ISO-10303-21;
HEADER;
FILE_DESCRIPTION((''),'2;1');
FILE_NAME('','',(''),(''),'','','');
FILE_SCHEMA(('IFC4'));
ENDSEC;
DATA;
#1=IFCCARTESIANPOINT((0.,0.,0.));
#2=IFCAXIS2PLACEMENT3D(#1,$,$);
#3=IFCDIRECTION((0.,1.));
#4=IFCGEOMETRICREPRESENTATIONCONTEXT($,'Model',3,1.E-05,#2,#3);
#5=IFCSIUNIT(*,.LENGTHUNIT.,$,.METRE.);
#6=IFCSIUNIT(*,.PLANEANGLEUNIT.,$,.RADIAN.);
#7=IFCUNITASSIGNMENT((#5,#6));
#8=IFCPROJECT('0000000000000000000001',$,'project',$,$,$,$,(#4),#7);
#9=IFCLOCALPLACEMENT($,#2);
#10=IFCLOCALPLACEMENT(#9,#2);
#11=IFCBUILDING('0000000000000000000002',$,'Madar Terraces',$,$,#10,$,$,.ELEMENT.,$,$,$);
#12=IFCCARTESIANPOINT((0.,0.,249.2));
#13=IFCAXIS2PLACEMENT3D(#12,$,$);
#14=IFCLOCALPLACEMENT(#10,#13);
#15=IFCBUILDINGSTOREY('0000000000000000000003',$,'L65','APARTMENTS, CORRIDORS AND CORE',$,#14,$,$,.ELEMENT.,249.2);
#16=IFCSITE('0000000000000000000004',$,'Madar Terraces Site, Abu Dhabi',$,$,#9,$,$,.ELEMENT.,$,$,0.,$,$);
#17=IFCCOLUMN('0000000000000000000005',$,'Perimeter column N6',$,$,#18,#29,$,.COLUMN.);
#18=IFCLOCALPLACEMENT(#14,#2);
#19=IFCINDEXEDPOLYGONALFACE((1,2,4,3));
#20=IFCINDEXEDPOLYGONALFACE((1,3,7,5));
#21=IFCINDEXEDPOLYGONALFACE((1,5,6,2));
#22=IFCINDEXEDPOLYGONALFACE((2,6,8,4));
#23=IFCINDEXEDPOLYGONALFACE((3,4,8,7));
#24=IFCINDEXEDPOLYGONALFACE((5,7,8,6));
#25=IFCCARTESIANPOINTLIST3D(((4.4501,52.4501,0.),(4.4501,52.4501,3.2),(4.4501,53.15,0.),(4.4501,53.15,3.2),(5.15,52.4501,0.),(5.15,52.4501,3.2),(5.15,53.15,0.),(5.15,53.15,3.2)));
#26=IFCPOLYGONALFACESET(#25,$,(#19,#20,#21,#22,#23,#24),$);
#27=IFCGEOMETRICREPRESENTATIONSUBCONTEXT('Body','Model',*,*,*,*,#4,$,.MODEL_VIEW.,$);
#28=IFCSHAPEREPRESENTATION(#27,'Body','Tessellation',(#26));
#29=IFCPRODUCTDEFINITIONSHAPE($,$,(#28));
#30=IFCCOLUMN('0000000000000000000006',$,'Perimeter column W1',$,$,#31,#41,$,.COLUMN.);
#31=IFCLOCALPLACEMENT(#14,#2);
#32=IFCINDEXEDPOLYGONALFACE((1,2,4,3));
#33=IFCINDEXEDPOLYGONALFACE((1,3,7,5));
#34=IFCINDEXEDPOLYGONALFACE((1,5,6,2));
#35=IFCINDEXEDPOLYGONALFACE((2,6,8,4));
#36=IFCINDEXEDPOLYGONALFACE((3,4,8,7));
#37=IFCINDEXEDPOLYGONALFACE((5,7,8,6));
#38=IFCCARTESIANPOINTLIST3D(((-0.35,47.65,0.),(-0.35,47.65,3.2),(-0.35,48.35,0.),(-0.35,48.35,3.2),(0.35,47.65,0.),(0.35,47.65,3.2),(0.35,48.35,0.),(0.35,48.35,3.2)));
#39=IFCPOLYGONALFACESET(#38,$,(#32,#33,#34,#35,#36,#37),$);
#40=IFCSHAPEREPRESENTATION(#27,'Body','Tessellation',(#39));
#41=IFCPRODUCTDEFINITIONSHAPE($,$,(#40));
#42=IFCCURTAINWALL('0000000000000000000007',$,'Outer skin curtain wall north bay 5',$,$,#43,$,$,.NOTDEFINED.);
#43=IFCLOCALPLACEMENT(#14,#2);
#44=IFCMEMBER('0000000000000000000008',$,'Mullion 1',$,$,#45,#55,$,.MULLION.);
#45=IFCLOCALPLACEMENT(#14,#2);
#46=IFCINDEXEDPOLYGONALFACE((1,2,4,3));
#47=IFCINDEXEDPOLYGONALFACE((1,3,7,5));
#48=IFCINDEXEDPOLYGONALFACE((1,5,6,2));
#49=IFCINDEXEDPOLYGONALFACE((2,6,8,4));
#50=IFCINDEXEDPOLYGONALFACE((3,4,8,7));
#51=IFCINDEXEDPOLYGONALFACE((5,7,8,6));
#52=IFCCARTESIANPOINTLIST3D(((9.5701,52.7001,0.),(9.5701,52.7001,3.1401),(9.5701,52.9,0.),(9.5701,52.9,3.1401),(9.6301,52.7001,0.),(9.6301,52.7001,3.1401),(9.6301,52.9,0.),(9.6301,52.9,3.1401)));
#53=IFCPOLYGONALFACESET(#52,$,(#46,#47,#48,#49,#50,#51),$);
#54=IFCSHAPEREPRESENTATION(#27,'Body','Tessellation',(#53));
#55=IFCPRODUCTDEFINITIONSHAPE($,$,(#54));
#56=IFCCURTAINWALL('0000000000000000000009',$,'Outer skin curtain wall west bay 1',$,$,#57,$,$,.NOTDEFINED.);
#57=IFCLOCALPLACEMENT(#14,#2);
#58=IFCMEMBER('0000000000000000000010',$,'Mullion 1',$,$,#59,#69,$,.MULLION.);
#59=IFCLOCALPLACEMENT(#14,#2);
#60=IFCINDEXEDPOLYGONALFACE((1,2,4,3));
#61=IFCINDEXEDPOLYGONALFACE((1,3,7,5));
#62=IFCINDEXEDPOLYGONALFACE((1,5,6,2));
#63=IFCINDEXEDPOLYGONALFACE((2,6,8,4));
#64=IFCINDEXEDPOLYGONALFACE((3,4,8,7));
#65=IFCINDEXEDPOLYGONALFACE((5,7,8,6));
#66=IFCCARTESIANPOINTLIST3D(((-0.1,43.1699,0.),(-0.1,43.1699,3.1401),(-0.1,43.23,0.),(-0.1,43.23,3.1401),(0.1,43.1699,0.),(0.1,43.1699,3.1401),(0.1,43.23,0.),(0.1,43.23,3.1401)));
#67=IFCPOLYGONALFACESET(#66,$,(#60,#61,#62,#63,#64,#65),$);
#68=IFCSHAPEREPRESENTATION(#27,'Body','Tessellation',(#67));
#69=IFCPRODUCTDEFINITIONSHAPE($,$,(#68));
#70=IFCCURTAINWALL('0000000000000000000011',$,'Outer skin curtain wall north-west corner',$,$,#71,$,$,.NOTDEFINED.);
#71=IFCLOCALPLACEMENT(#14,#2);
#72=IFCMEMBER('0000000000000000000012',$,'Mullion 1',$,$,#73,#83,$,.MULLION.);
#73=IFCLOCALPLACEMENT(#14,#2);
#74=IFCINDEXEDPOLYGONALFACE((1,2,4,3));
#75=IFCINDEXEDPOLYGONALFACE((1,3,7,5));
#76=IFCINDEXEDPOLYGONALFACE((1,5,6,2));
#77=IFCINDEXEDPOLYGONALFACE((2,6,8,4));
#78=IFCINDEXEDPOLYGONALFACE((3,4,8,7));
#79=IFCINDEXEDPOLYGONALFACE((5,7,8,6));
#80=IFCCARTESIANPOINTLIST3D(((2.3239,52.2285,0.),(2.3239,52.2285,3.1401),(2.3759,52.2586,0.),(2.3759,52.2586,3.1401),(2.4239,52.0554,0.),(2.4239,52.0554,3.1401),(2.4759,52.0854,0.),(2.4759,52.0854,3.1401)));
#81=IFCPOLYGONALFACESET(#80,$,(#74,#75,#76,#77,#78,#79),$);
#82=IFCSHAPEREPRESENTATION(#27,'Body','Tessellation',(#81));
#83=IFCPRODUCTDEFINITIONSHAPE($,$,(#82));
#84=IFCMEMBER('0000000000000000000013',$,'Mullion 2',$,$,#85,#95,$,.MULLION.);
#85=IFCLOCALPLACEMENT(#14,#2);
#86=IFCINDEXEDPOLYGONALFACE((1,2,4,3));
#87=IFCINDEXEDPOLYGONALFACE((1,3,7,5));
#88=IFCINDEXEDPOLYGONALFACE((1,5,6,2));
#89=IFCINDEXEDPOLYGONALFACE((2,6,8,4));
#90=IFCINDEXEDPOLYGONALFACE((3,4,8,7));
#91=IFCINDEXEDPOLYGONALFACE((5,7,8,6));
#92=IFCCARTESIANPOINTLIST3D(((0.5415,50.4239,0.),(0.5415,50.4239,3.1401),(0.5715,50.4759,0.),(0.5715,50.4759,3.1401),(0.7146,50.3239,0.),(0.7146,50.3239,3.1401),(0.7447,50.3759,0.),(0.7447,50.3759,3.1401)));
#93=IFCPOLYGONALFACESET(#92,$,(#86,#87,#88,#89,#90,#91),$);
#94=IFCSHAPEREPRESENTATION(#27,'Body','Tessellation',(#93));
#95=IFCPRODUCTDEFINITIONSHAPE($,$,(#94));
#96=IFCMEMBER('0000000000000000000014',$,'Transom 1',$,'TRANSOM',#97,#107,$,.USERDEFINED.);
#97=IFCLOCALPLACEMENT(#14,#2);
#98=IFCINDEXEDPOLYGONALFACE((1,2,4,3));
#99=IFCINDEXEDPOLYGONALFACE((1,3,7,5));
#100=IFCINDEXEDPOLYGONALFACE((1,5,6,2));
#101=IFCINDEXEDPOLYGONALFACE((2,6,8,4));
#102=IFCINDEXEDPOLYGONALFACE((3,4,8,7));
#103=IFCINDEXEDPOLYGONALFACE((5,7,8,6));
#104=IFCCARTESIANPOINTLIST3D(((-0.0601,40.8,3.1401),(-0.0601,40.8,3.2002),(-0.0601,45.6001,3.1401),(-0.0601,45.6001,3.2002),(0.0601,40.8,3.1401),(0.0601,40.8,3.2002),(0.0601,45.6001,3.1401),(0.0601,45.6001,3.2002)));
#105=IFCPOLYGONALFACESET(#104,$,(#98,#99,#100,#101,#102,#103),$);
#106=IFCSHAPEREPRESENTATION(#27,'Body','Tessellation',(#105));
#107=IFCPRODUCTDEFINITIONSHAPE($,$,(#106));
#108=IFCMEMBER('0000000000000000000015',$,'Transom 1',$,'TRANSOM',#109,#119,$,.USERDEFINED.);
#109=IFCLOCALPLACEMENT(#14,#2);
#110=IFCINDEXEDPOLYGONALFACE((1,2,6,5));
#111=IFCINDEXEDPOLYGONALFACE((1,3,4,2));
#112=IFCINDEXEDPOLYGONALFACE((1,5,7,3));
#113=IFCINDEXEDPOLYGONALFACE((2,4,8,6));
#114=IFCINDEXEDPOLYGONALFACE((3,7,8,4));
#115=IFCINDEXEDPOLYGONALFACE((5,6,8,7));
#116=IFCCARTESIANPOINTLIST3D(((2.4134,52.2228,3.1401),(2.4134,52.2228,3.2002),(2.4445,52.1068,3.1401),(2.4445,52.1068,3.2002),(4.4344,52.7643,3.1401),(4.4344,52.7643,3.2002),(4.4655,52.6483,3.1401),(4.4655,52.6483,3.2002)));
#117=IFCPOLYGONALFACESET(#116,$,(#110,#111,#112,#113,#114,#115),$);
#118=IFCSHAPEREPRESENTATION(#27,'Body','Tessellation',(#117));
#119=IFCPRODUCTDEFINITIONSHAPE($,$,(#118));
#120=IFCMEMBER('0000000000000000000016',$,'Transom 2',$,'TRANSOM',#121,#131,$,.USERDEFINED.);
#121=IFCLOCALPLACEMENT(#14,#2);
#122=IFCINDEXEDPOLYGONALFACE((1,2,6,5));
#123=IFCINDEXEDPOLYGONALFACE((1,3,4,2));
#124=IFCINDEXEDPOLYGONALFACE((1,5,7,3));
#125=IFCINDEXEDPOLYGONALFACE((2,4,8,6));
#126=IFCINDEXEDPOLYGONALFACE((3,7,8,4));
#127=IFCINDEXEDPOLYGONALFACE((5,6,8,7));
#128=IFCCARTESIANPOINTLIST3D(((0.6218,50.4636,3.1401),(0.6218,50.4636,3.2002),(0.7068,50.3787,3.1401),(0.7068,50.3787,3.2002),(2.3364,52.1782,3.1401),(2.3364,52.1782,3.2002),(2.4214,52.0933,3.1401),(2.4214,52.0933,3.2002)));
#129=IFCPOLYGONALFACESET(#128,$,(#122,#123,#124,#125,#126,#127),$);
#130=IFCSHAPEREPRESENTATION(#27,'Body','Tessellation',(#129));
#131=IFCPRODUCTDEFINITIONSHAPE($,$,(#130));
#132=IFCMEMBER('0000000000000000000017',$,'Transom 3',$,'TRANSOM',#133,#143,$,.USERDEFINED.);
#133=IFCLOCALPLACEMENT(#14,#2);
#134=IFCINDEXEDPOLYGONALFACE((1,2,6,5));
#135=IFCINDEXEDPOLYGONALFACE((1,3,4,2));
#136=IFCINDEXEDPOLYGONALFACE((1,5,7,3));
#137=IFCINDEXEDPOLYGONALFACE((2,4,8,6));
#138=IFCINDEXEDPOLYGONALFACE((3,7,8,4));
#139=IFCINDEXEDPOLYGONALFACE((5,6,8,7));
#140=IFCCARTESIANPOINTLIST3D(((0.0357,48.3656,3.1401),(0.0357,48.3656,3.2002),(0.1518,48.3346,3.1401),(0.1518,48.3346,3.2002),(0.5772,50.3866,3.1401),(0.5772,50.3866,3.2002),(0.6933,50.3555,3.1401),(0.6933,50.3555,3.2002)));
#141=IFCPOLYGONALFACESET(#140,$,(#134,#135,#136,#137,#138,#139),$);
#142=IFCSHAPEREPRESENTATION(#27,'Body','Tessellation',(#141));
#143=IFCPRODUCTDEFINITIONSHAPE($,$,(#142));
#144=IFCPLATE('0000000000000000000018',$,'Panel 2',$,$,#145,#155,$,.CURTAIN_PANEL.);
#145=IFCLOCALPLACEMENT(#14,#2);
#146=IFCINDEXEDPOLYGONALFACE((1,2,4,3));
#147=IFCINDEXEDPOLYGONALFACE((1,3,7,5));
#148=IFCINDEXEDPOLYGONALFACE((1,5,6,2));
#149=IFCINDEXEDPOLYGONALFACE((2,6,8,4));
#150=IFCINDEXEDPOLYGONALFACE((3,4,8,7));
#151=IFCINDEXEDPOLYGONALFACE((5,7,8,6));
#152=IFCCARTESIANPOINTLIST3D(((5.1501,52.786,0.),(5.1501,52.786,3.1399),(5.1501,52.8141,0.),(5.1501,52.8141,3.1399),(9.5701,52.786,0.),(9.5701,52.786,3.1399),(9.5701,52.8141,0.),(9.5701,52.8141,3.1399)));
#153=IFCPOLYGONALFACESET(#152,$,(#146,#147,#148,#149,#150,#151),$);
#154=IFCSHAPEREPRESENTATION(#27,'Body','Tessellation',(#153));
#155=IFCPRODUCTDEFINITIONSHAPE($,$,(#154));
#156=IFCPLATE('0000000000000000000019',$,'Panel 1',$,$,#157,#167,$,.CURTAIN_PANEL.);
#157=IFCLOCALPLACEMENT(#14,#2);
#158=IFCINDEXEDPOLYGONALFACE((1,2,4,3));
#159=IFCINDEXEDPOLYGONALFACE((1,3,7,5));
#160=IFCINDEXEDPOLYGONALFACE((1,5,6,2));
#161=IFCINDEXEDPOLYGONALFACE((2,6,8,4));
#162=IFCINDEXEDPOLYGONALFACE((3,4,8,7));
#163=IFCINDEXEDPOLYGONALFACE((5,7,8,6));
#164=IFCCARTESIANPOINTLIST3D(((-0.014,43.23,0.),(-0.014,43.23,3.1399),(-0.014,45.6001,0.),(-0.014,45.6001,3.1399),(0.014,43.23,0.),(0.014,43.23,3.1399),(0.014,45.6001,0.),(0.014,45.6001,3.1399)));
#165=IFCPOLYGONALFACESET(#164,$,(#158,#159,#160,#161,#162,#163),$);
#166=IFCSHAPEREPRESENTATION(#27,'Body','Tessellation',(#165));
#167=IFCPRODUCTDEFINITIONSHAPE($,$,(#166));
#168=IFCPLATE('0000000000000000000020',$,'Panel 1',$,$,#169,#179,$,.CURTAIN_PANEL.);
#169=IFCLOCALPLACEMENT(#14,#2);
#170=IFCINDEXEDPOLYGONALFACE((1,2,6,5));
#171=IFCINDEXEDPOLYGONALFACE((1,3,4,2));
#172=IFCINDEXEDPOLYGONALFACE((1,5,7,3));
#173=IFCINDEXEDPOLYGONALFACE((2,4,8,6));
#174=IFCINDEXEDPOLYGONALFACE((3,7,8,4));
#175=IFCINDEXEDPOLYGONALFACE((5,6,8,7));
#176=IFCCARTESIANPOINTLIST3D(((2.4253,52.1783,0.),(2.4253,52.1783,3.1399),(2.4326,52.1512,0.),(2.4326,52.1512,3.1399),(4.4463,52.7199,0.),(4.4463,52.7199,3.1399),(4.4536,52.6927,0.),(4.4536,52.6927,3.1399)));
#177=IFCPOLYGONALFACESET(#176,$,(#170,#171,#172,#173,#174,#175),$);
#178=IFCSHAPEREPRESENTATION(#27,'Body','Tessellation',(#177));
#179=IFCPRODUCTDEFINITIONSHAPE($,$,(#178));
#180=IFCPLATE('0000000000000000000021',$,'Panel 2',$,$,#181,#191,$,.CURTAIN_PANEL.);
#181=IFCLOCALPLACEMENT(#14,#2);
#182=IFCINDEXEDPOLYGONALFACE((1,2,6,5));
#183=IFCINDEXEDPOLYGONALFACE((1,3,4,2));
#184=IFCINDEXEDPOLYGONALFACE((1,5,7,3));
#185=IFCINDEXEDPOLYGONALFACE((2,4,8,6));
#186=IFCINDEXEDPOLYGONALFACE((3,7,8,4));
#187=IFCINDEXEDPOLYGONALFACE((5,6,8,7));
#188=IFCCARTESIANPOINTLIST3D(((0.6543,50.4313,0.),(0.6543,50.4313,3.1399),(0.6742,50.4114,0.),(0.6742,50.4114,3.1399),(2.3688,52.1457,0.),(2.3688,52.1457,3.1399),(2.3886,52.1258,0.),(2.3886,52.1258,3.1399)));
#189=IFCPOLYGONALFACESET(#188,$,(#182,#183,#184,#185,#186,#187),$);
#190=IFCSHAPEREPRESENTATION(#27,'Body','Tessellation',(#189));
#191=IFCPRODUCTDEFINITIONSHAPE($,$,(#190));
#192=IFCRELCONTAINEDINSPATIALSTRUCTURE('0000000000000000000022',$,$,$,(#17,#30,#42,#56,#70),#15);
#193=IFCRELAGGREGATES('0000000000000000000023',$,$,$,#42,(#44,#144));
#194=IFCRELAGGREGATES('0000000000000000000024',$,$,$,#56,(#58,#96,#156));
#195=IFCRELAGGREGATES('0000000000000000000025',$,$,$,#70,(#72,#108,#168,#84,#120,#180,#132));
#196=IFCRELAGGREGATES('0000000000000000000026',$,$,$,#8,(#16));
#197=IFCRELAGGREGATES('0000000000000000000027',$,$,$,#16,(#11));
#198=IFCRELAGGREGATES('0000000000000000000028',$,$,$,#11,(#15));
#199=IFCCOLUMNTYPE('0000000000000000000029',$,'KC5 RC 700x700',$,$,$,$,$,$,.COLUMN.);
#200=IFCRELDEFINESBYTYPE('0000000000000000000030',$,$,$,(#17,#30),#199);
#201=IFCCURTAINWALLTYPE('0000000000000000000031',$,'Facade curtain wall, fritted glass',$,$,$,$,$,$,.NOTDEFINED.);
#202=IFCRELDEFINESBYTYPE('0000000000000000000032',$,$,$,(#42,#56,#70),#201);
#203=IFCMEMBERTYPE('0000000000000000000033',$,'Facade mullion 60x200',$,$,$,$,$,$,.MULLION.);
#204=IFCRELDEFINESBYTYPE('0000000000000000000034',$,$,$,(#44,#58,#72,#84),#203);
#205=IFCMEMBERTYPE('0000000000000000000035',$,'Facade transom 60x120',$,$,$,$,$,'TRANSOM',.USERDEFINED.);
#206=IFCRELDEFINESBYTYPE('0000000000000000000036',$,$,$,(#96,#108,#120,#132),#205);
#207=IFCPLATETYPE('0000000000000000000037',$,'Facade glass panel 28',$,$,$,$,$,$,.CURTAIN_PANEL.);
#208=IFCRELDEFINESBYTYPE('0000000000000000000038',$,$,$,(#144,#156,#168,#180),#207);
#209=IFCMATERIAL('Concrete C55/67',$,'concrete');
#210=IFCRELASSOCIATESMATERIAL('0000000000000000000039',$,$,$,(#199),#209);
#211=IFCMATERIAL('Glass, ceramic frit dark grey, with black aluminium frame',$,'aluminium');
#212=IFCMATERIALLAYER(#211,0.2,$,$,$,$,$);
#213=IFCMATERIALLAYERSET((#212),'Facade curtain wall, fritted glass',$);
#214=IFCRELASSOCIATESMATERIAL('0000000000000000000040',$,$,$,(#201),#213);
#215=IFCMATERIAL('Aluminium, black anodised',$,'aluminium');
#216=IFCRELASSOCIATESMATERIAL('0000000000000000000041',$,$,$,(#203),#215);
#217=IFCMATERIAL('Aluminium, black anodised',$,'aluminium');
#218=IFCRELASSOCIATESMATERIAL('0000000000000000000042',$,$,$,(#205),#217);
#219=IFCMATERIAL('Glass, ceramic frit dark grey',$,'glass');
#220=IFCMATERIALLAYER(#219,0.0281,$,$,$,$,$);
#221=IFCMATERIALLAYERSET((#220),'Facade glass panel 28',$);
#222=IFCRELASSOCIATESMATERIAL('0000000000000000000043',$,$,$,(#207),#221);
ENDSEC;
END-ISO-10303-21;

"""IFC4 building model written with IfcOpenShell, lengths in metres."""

from ifc_helpers import new_model, si_unit, direction, frame, origin, origin_2d, place, context, subcontext, project, spatial, rectangle, extrude, material, layer, layer_set, material_profile, profile_set, type_object, element, aggregate, save


model = new_model("IFC4")

# Units and contexts
model_context = context("Model", 3, precision=1e-05, world=origin(), true_north=direction((0.0, 1.0)))
body_context = subcontext(model_context, "Body", "Model", "MODEL_VIEW")
ifc_project = project(units=[si_unit("LENGTHUNIT", "METRE"), si_unit("PLANEANGLEUNIT", "RADIAN")], contexts=[model_context])

# Site, building, storey
site_placement = place(None, origin())
site = spatial("IfcSite", under=ifc_project, at=site_placement, Name="Madar Terraces Site, Abu Dhabi", CompositionType="ELEMENT", RefElevation=0.0)
building_placement = place(site_placement, origin())
building = spatial("IfcBuilding", under=site, at=building_placement, Name="Madar Terraces", CompositionType="ELEMENT")
storey_placement = place(building_placement, frame((0.0, 0.0, 249.2)))
storey = spatial("IfcBuildingStorey", under=building, at=storey_placement, Name="L65", Description="APARTMENTS, CORRIDORS AND CORE", CompositionType="ELEMENT", Elevation=249.2)

# Columns
ifc_material_1 = material(Name="Concrete C55/67", Category="concrete")
ifc_material_profile_1 = material_profile(ifc_material_1, rectangle(XDim=0.7, YDim=0.7, at=origin_2d()), Name="KC5 RC 700x700")
ifc_profile_set_1 = profile_set([ifc_material_profile_1], Name="Concrete C55/67")
column_type = type_object("IfcColumnType", Name="KC5 RC 700x700", PredefinedType="COLUMN", material=ifc_profile_set_1)
for number, where, z_axis, x_axis, name in (
    (1, (4.8, 52.8, 0.0), (0.0, 0.0, 1.0), (1.0, 0.0, 0.0), "Perimeter column N6"),
    (2, (0.0, 48.0, 0.0), (0.0, 0.0, 1.0), (1.0, 0.0, 0.0), "Perimeter column W1"),
):
    element("IfcColumn", number, at=place(storey_placement, frame(where, z_axis=z_axis, x_axis=x_axis)), inside=storey, type_object=column_type, Name=name, PredefinedType="COLUMN", context=body_context, shape_type="SweptSolid", body=[
        extrude(rectangle(XDim=0.7, YDim=0.7, at=origin_2d()), origin(), (0.0, 0.0, 1.0), 3.2),
    ])

# Curtain walls, members
ifc_material_2 = material(Name="Glass, ceramic frit dark grey, with black aluminium frame", Category="aluminium")
ifc_layer_1 = layer(ifc_material_2, 0.2)
ifc_layer_set_1 = layer_set([ifc_layer_1], Name="Facade curtain wall, fritted glass")
curtain_wall_type = type_object("IfcCurtainWallType", Name="Facade curtain wall, fritted glass", PredefinedType="NOTDEFINED", material=ifc_layer_set_1)
curtain_wall_1_placement = place(storey_placement, origin())
curtain_wall_1 = element("IfcCurtainWall", 3, at=curtain_wall_1_placement, inside=storey, type_object=curtain_wall_type, Name="Outer skin curtain wall north bay 5", PredefinedType="NOTDEFINED")
ifc_material_3 = material(Name="Aluminium, black anodised", Category="aluminium")
ifc_material_profile_2 = material_profile(ifc_material_3, rectangle(XDim=0.2, YDim=0.0601, at=origin_2d()), Name="Facade mullion 60x200")
ifc_profile_set_2 = profile_set([ifc_material_profile_2], Name="Aluminium, black anodised")
member_type_1 = type_object("IfcMemberType", Name="Facade mullion 60x200", PredefinedType="MULLION", material=ifc_profile_set_2)
member_1_placement = place(storey_placement, frame((9.6001, 52.8, 0.0), z_axis=(0.0, 0.0, 1.0), x_axis=(0.0, -1.0, 0.0)))
member_1 = element("IfcMember", 4, at=member_1_placement, type_object=member_type_1, Name="Mullion 1", PredefinedType="MULLION", context=body_context, shape_type="SweptSolid", body=[
    extrude(rectangle(XDim=0.2, YDim=0.0601, at=origin_2d()), origin(), (0.0, 0.0, 1.0), 3.1401),
])
curtain_wall_2_placement = place(storey_placement, origin())
curtain_wall_2 = element("IfcCurtainWall", 5, at=curtain_wall_2_placement, inside=storey, type_object=curtain_wall_type, Name="Outer skin curtain wall west bay 1", PredefinedType="NOTDEFINED")
member_2_placement = place(storey_placement, frame((0.0, 43.2, 0.0), z_axis=(0.0, 0.0, 1.0), x_axis=(1.0, 0.0, 0.0)))
member_2 = element("IfcMember", 6, at=member_2_placement, type_object=member_type_1, Name="Mullion 1", PredefinedType="MULLION", context=body_context, shape_type="SweptSolid", body=[
    extrude(rectangle(XDim=0.2, YDim=0.0601, at=origin_2d()), origin(), (0.0, 0.0, 1.0), 3.1401),
])

# Curtain wall, members
curtain_wall_3_placement = place(storey_placement, origin())
curtain_wall_3 = element("IfcCurtainWall", 7, at=curtain_wall_3_placement, inside=storey, type_object=curtain_wall_type, Name="Outer skin curtain wall north-west corner", PredefinedType="NOTDEFINED")
member_3_placement = place(storey_placement, frame((2.3999, 52.157, 0.0), z_axis=(0.0, 0.0, 1.0), x_axis=(0.5, -0.866025, 0.0)))
member_3 = element("IfcMember", 8, at=member_3_placement, type_object=member_type_1, Name="Mullion 1", PredefinedType="MULLION", context=body_context, shape_type="SweptSolid", body=[
    extrude(rectangle(XDim=0.2, YDim=0.0601, at=origin_2d()), origin(), (0.0, 0.0, 1.0), 3.1401),
])
member_4_placement = place(storey_placement, frame((0.6431, 50.3999, 0.0), z_axis=(0.0, 0.0, 1.0), x_axis=(0.866025, -0.5, 0.0)))
member_4 = element("IfcMember", 9, at=member_4_placement, type_object=member_type_1, Name="Mullion 2", PredefinedType="MULLION", context=body_context, shape_type="SweptSolid", body=[
    extrude(rectangle(XDim=0.2, YDim=0.0601, at=origin_2d()), origin(), (0.0, 0.0, 1.0), 3.1401),
])

# Members
ifc_material_4 = material(Name="Aluminium, black anodised", Category="aluminium")
ifc_material_profile_3 = material_profile(ifc_material_4, rectangle(XDim=0.1201, YDim=0.0601, at=origin_2d()), Name="Facade transom 60x120")
ifc_profile_set_3 = profile_set([ifc_material_profile_3], Name="Aluminium, black anodised")
member_type_2 = type_object("IfcMemberType", Name="Facade transom 60x120", ElementType="TRANSOM", PredefinedType="USERDEFINED", material=ifc_profile_set_3)
member_5_placement = place(storey_placement, frame((0.0, 45.6001, 3.1702), z_axis=(0.0, -1.0, 0.0), x_axis=(1.0, 0.0, 0.0)))
member_5 = element("IfcMember", 10, at=member_5_placement, type_object=member_type_2, Name="Transom 1", ObjectType="TRANSOM", PredefinedType="USERDEFINED", context=body_context, shape_type="SweptSolid", body=[
    extrude(rectangle(XDim=0.1201, YDim=0.0601, at=origin_2d()), origin(), (0.0, 0.0, 1.0), 4.8),
])
member_6_placement = place(storey_placement, frame((4.45, 52.7063, 3.1702), z_axis=(-0.965928, -0.25881, 0.0), x_axis=(0.25881, -0.965928, 0.0)))
member_6 = element("IfcMember", 11, at=member_6_placement, type_object=member_type_2, Name="Transom 1", ObjectType="TRANSOM", PredefinedType="USERDEFINED", context=body_context, shape_type="SweptSolid", body=[
    extrude(rectangle(XDim=0.1201, YDim=0.0601, at=origin_2d()), origin(), (0.0, 0.0, 1.0), 2.0923),
])
member_7_placement = place(storey_placement, frame((2.3789, 52.1357, 3.1702), z_axis=(-0.707107, -0.707107, 0.0), x_axis=(0.707107, -0.707107, 0.0)))
member_7 = element("IfcMember", 12, at=member_7_placement, type_object=member_type_2, Name="Transom 2", ObjectType="TRANSOM", PredefinedType="USERDEFINED", context=body_context, shape_type="SweptSolid", body=[
    extrude(rectangle(XDim=0.1201, YDim=0.0601, at=origin_2d()), origin(), (0.0, 0.0, 1.0), 2.4248),
])
member_8_placement = place(storey_placement, frame((0.6353, 50.3711, 3.1702), z_axis=(-0.25881, -0.965928, 0.0), x_axis=(0.965928, -0.25881, 0.0)))
member_8 = element("IfcMember", 13, at=member_8_placement, type_object=member_type_2, Name="Transom 3", ObjectType="TRANSOM", PredefinedType="USERDEFINED", context=body_context, shape_type="SweptSolid", body=[
    extrude(rectangle(XDim=0.1201, YDim=0.0601, at=origin_2d()), origin(), (0.0, 0.0, 1.0), 2.0923),
])

# Plates
ifc_material_5 = material(Name="Glass, ceramic frit dark grey", Category="glass")
ifc_layer_2 = layer(ifc_material_5, 0.0281)
ifc_layer_set_2 = layer_set([ifc_layer_2], Name="Facade glass panel 28")
plate_type = type_object("IfcPlateType", Name="Facade glass panel 28", PredefinedType="CURTAIN_PANEL", material=ifc_layer_set_2)
plate_1_placement = place(storey_placement, frame((7.3601, 52.8, 0.0), z_axis=(0.0, 0.0, 1.0), x_axis=(-1.0, 0.0, 0.0)))
plate_1 = element("IfcPlate", 14, at=plate_1_placement, type_object=plate_type, Name="Panel 2", PredefinedType="CURTAIN_PANEL", context=body_context, shape_type="SweptSolid", body=[
    extrude(rectangle(XDim=4.4199, YDim=0.0281, at=origin_2d()), origin(), (0.0, 0.0, 1.0), 3.1399),
])
aggregate(curtain_wall_1, [member_1, plate_1])
plate_2_placement = place(storey_placement, frame((0.0, 44.415, 0.0), z_axis=(0.0, 0.0, 1.0), x_axis=(0.0, -1.0, 0.0)))
plate_2 = element("IfcPlate", 15, at=plate_2_placement, type_object=plate_type, Name="Panel 1", PredefinedType="CURTAIN_PANEL", context=body_context, shape_type="SweptSolid", body=[
    extrude(rectangle(XDim=2.3701, YDim=0.0281, at=origin_2d()), origin(), (0.0, 0.0, 1.0), 3.1399),
])
aggregate(curtain_wall_2, [member_2, member_5, plate_2])
plate_3_placement = place(storey_placement, frame((3.4395, 52.4355, 0.0), z_axis=(0.0, 0.0, 1.0), x_axis=(-0.965926, -0.258819, 0.0)))
plate_3 = element("IfcPlate", 16, at=plate_3_placement, type_object=plate_type, Name="Panel 1", PredefinedType="CURTAIN_PANEL", context=body_context, shape_type="SweptSolid", body=[
    extrude(rectangle(XDim=2.0923, YDim=0.0281, at=origin_2d()), origin(), (0.0, 0.0, 1.0), 3.1399),
])
plate_4_placement = place(storey_placement, frame((1.5215, 51.2786, 0.0), z_axis=(0.0, 0.0, 1.0), x_axis=(-0.707107, -0.707107, 0.0)))
plate_4 = element("IfcPlate", 17, at=plate_4_placement, type_object=plate_type, Name="Panel 2", PredefinedType="CURTAIN_PANEL", context=body_context, shape_type="SweptSolid", body=[
    extrude(rectangle(XDim=2.4246, YDim=0.0281, at=origin_2d()), origin(), (0.0, 0.0, 1.0), 3.1399),
])
aggregate(curtain_wall_3, [member_3, member_6, plate_3, member_4, member_7, plate_4, member_8])

save(model, "model.ifc")
